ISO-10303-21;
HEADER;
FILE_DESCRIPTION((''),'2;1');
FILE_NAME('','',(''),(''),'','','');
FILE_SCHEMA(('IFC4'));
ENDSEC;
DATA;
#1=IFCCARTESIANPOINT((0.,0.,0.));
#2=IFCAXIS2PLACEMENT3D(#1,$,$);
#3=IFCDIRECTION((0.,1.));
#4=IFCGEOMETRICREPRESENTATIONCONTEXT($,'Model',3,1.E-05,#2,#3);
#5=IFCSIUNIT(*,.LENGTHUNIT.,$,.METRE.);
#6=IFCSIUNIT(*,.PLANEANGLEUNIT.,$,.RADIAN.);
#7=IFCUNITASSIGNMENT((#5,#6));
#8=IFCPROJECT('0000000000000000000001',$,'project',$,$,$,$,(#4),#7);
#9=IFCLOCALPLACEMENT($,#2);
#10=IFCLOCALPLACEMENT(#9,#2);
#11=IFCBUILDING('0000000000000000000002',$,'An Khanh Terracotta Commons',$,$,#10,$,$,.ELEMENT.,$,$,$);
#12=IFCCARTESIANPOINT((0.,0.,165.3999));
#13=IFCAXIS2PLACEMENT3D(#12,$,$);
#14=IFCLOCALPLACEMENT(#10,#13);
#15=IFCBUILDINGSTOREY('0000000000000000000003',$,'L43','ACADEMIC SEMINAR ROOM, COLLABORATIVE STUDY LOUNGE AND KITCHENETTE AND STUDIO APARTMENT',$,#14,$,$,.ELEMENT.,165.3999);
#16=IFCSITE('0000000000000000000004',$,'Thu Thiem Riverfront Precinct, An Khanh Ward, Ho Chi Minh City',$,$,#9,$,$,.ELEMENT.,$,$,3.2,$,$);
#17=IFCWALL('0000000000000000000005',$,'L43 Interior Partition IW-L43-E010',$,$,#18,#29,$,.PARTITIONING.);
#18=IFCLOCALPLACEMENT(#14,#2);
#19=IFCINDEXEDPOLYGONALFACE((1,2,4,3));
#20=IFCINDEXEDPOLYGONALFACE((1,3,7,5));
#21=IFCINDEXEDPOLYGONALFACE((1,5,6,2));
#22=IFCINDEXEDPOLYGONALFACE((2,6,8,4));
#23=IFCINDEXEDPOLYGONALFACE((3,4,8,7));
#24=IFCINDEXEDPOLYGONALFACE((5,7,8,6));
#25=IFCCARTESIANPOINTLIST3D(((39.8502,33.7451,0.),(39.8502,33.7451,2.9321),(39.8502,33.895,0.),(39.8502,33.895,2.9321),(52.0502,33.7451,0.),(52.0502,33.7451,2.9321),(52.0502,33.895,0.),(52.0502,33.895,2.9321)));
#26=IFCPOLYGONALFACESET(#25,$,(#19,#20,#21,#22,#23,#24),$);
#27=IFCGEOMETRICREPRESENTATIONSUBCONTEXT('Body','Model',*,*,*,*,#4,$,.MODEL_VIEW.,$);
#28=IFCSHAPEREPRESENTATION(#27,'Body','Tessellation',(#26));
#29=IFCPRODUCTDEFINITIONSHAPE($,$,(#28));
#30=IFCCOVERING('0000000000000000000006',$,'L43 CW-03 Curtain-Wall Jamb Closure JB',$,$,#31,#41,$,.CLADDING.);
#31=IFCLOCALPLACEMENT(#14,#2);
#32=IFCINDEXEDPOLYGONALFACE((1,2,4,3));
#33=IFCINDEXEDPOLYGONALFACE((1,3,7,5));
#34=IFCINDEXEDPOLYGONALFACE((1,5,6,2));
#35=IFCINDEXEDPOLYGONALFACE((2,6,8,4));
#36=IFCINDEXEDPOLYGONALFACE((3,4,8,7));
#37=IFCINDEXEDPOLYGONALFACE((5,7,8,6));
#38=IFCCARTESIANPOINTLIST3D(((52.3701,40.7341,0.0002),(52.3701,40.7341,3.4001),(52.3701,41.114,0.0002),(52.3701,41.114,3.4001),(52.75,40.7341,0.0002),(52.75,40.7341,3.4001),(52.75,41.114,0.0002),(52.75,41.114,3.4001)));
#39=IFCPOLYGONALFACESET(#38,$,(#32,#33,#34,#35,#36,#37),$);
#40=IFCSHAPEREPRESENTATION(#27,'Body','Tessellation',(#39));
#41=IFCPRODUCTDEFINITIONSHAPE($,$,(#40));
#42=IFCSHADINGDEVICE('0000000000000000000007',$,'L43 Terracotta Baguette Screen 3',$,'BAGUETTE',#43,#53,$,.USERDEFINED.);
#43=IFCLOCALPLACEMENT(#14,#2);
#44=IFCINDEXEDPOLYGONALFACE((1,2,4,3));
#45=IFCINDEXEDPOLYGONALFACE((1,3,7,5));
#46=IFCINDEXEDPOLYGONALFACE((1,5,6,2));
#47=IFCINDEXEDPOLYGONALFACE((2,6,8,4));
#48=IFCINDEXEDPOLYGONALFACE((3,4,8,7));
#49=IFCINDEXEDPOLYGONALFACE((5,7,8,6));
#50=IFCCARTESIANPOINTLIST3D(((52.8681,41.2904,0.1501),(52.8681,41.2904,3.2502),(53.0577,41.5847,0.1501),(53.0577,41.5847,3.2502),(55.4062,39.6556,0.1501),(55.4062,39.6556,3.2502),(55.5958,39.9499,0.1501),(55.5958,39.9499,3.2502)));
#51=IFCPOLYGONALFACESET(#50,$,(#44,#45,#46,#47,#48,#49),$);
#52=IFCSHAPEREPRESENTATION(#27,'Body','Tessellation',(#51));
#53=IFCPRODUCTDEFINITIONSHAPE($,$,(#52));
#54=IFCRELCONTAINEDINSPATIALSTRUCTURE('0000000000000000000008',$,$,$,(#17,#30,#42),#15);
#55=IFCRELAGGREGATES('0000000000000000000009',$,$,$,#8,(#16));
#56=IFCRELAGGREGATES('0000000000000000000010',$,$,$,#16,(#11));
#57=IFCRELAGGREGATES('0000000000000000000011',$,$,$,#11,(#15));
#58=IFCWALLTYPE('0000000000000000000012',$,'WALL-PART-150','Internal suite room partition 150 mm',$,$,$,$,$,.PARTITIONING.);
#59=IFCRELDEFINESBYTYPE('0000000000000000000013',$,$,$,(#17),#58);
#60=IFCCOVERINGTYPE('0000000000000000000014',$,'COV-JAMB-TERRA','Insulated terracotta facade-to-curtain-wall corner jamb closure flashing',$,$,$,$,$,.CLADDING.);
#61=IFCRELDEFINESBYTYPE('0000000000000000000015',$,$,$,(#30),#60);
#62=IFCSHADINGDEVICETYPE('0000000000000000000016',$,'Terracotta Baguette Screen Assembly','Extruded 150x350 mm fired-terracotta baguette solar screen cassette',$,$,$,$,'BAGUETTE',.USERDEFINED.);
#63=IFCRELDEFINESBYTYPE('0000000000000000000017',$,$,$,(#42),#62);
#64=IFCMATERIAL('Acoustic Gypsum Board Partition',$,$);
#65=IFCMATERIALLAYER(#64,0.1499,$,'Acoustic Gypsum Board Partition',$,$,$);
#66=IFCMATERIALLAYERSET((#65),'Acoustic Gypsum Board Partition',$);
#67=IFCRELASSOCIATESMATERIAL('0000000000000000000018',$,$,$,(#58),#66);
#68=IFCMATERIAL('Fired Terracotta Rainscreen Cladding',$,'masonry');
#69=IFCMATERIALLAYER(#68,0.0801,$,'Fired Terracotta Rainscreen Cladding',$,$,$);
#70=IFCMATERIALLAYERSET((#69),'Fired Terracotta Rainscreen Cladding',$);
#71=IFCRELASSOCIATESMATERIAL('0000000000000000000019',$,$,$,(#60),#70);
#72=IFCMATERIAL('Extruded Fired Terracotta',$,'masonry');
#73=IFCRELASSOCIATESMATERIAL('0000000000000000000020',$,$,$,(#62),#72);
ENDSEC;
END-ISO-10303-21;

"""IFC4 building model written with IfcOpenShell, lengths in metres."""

from ifc_helpers import new_model, si_unit, direction, frame, frame_2d, origin, origin_2d, place, context, subcontext, project, spatial, rectangle, extrude, material, layer, layer_set, type_object, element, save


model = new_model("IFC4")

# Units and contexts
model_context = context("Model", 3, precision=1e-05, world=origin(), true_north=direction((0.0, 1.0)))
body_context = subcontext(model_context, "Body", "Model", "MODEL_VIEW")
ifc_project = project(units=[si_unit("LENGTHUNIT", "METRE"), si_unit("PLANEANGLEUNIT", "RADIAN")], contexts=[model_context])

# Site, building, storey
site_placement = place(None, origin())
site = spatial("IfcSite", under=ifc_project, at=site_placement, Name="Thu Thiem Riverfront Precinct, An Khanh Ward, Ho Chi Minh City", CompositionType="ELEMENT", RefElevation=3.2)
building_placement = place(site_placement, origin())
building = spatial("IfcBuilding", under=site, at=building_placement, Name="An Khanh Terracotta Commons", CompositionType="ELEMENT")
storey_placement = place(building_placement, frame((0.0, 0.0, 165.3999)))
storey = spatial("IfcBuildingStorey", under=building, at=storey_placement, Name="L43", Description="ACADEMIC SEMINAR ROOM, COLLABORATIVE STUDY LOUNGE AND KITCHENETTE AND STUDIO APARTMENT", CompositionType="ELEMENT", Elevation=165.3999)

# Wall
ifc_material_1 = material(Name="Acoustic Gypsum Board Partition")
ifc_layer_1 = layer(ifc_material_1, 0.1499, Name="Acoustic Gypsum Board Partition")
ifc_layer_set_1 = layer_set([ifc_layer_1], Name="Acoustic Gypsum Board Partition")
wall_type_1 = type_object("IfcWallType", Name="WALL-PART-150", Description="Internal suite room partition 150 mm", PredefinedType="PARTITIONING", material=ifc_layer_set_1)
wall_1_placement = place(storey_placement, frame((39.8501, 33.8201, 0.0), z_axis=(0.0, 0.0, 1.0), x_axis=(1.0, 0.0, 0.0)))
element("IfcWall", 1, at=wall_1_placement, inside=storey, type_object=wall_type_1, Name="L43 Interior Partition IW-L43-E010", PredefinedType="PARTITIONING", context=body_context, shape_type="SweptSolid", body=[
    extrude(rectangle(XDim=12.2, YDim=0.1499, at=frame_2d((6.1001, 0.0))), origin(), (0.0, 0.0, 1.0), 2.9321),
])

# Covering
ifc_material_2 = material(Name="Fired Terracotta Rainscreen Cladding", Category="masonry")
ifc_layer_2 = layer(ifc_material_2, 0.0801, Name="Fired Terracotta Rainscreen Cladding")
ifc_layer_set_2 = layer_set([ifc_layer_2], Name="Fired Terracotta Rainscreen Cladding")
covering_type = type_object("IfcCoveringType", Name="COV-JAMB-TERRA", Description="Insulated terracotta facade-to-curtain-wall corner jamb closure flashing", PredefinedType="CLADDING", material=ifc_layer_set_2)
covering_placement = place(storey_placement, frame((52.5601, 40.9241, 0.0002), z_axis=(0.0, 0.0, 1.0), x_axis=(1.0, 0.0, 0.0)))
element("IfcCovering", 2, at=covering_placement, inside=storey, type_object=covering_type, Name="L43 CW-03 Curtain-Wall Jamb Closure JB", PredefinedType="CLADDING", context=body_context, shape_type="SweptSolid", body=[
    extrude(rectangle(XDim=0.3799, YDim=0.3799, at=origin_2d()), origin(), (0.0, 0.0, 1.0), 3.3999),
])

# Shading device
ifc_material_3 = material(Name="Extruded Fired Terracotta", Category="masonry")
shading_device_type = type_object("IfcShadingDeviceType", Name="Terracotta Baguette Screen Assembly", Description="Extruded 150x350 mm fired-terracotta baguette solar screen cassette", ElementType="BAGUETTE", PredefinedType="USERDEFINED", material=ifc_material_3)
shading_device_placement = place(storey_placement, frame((54.2319, 40.6201, 0.1501), z_axis=(0.0, 0.0, 1.0), x_axis=(-0.840702, 0.541498, 0.0)))
element("IfcShadingDevice", 3, at=shading_device_placement, inside=storey, type_object=shading_device_type, Name="L43 Terracotta Baguette Screen 3", ObjectType="BAGUETTE", PredefinedType="USERDEFINED", context=body_context, shape_type="SweptSolid", body=[
    extrude(rectangle(XDim=3.019, YDim=0.3501, at=origin_2d()), origin(), (0.0, 0.0, 1.0), 3.1001),
])

save(model, "model.ifc")
